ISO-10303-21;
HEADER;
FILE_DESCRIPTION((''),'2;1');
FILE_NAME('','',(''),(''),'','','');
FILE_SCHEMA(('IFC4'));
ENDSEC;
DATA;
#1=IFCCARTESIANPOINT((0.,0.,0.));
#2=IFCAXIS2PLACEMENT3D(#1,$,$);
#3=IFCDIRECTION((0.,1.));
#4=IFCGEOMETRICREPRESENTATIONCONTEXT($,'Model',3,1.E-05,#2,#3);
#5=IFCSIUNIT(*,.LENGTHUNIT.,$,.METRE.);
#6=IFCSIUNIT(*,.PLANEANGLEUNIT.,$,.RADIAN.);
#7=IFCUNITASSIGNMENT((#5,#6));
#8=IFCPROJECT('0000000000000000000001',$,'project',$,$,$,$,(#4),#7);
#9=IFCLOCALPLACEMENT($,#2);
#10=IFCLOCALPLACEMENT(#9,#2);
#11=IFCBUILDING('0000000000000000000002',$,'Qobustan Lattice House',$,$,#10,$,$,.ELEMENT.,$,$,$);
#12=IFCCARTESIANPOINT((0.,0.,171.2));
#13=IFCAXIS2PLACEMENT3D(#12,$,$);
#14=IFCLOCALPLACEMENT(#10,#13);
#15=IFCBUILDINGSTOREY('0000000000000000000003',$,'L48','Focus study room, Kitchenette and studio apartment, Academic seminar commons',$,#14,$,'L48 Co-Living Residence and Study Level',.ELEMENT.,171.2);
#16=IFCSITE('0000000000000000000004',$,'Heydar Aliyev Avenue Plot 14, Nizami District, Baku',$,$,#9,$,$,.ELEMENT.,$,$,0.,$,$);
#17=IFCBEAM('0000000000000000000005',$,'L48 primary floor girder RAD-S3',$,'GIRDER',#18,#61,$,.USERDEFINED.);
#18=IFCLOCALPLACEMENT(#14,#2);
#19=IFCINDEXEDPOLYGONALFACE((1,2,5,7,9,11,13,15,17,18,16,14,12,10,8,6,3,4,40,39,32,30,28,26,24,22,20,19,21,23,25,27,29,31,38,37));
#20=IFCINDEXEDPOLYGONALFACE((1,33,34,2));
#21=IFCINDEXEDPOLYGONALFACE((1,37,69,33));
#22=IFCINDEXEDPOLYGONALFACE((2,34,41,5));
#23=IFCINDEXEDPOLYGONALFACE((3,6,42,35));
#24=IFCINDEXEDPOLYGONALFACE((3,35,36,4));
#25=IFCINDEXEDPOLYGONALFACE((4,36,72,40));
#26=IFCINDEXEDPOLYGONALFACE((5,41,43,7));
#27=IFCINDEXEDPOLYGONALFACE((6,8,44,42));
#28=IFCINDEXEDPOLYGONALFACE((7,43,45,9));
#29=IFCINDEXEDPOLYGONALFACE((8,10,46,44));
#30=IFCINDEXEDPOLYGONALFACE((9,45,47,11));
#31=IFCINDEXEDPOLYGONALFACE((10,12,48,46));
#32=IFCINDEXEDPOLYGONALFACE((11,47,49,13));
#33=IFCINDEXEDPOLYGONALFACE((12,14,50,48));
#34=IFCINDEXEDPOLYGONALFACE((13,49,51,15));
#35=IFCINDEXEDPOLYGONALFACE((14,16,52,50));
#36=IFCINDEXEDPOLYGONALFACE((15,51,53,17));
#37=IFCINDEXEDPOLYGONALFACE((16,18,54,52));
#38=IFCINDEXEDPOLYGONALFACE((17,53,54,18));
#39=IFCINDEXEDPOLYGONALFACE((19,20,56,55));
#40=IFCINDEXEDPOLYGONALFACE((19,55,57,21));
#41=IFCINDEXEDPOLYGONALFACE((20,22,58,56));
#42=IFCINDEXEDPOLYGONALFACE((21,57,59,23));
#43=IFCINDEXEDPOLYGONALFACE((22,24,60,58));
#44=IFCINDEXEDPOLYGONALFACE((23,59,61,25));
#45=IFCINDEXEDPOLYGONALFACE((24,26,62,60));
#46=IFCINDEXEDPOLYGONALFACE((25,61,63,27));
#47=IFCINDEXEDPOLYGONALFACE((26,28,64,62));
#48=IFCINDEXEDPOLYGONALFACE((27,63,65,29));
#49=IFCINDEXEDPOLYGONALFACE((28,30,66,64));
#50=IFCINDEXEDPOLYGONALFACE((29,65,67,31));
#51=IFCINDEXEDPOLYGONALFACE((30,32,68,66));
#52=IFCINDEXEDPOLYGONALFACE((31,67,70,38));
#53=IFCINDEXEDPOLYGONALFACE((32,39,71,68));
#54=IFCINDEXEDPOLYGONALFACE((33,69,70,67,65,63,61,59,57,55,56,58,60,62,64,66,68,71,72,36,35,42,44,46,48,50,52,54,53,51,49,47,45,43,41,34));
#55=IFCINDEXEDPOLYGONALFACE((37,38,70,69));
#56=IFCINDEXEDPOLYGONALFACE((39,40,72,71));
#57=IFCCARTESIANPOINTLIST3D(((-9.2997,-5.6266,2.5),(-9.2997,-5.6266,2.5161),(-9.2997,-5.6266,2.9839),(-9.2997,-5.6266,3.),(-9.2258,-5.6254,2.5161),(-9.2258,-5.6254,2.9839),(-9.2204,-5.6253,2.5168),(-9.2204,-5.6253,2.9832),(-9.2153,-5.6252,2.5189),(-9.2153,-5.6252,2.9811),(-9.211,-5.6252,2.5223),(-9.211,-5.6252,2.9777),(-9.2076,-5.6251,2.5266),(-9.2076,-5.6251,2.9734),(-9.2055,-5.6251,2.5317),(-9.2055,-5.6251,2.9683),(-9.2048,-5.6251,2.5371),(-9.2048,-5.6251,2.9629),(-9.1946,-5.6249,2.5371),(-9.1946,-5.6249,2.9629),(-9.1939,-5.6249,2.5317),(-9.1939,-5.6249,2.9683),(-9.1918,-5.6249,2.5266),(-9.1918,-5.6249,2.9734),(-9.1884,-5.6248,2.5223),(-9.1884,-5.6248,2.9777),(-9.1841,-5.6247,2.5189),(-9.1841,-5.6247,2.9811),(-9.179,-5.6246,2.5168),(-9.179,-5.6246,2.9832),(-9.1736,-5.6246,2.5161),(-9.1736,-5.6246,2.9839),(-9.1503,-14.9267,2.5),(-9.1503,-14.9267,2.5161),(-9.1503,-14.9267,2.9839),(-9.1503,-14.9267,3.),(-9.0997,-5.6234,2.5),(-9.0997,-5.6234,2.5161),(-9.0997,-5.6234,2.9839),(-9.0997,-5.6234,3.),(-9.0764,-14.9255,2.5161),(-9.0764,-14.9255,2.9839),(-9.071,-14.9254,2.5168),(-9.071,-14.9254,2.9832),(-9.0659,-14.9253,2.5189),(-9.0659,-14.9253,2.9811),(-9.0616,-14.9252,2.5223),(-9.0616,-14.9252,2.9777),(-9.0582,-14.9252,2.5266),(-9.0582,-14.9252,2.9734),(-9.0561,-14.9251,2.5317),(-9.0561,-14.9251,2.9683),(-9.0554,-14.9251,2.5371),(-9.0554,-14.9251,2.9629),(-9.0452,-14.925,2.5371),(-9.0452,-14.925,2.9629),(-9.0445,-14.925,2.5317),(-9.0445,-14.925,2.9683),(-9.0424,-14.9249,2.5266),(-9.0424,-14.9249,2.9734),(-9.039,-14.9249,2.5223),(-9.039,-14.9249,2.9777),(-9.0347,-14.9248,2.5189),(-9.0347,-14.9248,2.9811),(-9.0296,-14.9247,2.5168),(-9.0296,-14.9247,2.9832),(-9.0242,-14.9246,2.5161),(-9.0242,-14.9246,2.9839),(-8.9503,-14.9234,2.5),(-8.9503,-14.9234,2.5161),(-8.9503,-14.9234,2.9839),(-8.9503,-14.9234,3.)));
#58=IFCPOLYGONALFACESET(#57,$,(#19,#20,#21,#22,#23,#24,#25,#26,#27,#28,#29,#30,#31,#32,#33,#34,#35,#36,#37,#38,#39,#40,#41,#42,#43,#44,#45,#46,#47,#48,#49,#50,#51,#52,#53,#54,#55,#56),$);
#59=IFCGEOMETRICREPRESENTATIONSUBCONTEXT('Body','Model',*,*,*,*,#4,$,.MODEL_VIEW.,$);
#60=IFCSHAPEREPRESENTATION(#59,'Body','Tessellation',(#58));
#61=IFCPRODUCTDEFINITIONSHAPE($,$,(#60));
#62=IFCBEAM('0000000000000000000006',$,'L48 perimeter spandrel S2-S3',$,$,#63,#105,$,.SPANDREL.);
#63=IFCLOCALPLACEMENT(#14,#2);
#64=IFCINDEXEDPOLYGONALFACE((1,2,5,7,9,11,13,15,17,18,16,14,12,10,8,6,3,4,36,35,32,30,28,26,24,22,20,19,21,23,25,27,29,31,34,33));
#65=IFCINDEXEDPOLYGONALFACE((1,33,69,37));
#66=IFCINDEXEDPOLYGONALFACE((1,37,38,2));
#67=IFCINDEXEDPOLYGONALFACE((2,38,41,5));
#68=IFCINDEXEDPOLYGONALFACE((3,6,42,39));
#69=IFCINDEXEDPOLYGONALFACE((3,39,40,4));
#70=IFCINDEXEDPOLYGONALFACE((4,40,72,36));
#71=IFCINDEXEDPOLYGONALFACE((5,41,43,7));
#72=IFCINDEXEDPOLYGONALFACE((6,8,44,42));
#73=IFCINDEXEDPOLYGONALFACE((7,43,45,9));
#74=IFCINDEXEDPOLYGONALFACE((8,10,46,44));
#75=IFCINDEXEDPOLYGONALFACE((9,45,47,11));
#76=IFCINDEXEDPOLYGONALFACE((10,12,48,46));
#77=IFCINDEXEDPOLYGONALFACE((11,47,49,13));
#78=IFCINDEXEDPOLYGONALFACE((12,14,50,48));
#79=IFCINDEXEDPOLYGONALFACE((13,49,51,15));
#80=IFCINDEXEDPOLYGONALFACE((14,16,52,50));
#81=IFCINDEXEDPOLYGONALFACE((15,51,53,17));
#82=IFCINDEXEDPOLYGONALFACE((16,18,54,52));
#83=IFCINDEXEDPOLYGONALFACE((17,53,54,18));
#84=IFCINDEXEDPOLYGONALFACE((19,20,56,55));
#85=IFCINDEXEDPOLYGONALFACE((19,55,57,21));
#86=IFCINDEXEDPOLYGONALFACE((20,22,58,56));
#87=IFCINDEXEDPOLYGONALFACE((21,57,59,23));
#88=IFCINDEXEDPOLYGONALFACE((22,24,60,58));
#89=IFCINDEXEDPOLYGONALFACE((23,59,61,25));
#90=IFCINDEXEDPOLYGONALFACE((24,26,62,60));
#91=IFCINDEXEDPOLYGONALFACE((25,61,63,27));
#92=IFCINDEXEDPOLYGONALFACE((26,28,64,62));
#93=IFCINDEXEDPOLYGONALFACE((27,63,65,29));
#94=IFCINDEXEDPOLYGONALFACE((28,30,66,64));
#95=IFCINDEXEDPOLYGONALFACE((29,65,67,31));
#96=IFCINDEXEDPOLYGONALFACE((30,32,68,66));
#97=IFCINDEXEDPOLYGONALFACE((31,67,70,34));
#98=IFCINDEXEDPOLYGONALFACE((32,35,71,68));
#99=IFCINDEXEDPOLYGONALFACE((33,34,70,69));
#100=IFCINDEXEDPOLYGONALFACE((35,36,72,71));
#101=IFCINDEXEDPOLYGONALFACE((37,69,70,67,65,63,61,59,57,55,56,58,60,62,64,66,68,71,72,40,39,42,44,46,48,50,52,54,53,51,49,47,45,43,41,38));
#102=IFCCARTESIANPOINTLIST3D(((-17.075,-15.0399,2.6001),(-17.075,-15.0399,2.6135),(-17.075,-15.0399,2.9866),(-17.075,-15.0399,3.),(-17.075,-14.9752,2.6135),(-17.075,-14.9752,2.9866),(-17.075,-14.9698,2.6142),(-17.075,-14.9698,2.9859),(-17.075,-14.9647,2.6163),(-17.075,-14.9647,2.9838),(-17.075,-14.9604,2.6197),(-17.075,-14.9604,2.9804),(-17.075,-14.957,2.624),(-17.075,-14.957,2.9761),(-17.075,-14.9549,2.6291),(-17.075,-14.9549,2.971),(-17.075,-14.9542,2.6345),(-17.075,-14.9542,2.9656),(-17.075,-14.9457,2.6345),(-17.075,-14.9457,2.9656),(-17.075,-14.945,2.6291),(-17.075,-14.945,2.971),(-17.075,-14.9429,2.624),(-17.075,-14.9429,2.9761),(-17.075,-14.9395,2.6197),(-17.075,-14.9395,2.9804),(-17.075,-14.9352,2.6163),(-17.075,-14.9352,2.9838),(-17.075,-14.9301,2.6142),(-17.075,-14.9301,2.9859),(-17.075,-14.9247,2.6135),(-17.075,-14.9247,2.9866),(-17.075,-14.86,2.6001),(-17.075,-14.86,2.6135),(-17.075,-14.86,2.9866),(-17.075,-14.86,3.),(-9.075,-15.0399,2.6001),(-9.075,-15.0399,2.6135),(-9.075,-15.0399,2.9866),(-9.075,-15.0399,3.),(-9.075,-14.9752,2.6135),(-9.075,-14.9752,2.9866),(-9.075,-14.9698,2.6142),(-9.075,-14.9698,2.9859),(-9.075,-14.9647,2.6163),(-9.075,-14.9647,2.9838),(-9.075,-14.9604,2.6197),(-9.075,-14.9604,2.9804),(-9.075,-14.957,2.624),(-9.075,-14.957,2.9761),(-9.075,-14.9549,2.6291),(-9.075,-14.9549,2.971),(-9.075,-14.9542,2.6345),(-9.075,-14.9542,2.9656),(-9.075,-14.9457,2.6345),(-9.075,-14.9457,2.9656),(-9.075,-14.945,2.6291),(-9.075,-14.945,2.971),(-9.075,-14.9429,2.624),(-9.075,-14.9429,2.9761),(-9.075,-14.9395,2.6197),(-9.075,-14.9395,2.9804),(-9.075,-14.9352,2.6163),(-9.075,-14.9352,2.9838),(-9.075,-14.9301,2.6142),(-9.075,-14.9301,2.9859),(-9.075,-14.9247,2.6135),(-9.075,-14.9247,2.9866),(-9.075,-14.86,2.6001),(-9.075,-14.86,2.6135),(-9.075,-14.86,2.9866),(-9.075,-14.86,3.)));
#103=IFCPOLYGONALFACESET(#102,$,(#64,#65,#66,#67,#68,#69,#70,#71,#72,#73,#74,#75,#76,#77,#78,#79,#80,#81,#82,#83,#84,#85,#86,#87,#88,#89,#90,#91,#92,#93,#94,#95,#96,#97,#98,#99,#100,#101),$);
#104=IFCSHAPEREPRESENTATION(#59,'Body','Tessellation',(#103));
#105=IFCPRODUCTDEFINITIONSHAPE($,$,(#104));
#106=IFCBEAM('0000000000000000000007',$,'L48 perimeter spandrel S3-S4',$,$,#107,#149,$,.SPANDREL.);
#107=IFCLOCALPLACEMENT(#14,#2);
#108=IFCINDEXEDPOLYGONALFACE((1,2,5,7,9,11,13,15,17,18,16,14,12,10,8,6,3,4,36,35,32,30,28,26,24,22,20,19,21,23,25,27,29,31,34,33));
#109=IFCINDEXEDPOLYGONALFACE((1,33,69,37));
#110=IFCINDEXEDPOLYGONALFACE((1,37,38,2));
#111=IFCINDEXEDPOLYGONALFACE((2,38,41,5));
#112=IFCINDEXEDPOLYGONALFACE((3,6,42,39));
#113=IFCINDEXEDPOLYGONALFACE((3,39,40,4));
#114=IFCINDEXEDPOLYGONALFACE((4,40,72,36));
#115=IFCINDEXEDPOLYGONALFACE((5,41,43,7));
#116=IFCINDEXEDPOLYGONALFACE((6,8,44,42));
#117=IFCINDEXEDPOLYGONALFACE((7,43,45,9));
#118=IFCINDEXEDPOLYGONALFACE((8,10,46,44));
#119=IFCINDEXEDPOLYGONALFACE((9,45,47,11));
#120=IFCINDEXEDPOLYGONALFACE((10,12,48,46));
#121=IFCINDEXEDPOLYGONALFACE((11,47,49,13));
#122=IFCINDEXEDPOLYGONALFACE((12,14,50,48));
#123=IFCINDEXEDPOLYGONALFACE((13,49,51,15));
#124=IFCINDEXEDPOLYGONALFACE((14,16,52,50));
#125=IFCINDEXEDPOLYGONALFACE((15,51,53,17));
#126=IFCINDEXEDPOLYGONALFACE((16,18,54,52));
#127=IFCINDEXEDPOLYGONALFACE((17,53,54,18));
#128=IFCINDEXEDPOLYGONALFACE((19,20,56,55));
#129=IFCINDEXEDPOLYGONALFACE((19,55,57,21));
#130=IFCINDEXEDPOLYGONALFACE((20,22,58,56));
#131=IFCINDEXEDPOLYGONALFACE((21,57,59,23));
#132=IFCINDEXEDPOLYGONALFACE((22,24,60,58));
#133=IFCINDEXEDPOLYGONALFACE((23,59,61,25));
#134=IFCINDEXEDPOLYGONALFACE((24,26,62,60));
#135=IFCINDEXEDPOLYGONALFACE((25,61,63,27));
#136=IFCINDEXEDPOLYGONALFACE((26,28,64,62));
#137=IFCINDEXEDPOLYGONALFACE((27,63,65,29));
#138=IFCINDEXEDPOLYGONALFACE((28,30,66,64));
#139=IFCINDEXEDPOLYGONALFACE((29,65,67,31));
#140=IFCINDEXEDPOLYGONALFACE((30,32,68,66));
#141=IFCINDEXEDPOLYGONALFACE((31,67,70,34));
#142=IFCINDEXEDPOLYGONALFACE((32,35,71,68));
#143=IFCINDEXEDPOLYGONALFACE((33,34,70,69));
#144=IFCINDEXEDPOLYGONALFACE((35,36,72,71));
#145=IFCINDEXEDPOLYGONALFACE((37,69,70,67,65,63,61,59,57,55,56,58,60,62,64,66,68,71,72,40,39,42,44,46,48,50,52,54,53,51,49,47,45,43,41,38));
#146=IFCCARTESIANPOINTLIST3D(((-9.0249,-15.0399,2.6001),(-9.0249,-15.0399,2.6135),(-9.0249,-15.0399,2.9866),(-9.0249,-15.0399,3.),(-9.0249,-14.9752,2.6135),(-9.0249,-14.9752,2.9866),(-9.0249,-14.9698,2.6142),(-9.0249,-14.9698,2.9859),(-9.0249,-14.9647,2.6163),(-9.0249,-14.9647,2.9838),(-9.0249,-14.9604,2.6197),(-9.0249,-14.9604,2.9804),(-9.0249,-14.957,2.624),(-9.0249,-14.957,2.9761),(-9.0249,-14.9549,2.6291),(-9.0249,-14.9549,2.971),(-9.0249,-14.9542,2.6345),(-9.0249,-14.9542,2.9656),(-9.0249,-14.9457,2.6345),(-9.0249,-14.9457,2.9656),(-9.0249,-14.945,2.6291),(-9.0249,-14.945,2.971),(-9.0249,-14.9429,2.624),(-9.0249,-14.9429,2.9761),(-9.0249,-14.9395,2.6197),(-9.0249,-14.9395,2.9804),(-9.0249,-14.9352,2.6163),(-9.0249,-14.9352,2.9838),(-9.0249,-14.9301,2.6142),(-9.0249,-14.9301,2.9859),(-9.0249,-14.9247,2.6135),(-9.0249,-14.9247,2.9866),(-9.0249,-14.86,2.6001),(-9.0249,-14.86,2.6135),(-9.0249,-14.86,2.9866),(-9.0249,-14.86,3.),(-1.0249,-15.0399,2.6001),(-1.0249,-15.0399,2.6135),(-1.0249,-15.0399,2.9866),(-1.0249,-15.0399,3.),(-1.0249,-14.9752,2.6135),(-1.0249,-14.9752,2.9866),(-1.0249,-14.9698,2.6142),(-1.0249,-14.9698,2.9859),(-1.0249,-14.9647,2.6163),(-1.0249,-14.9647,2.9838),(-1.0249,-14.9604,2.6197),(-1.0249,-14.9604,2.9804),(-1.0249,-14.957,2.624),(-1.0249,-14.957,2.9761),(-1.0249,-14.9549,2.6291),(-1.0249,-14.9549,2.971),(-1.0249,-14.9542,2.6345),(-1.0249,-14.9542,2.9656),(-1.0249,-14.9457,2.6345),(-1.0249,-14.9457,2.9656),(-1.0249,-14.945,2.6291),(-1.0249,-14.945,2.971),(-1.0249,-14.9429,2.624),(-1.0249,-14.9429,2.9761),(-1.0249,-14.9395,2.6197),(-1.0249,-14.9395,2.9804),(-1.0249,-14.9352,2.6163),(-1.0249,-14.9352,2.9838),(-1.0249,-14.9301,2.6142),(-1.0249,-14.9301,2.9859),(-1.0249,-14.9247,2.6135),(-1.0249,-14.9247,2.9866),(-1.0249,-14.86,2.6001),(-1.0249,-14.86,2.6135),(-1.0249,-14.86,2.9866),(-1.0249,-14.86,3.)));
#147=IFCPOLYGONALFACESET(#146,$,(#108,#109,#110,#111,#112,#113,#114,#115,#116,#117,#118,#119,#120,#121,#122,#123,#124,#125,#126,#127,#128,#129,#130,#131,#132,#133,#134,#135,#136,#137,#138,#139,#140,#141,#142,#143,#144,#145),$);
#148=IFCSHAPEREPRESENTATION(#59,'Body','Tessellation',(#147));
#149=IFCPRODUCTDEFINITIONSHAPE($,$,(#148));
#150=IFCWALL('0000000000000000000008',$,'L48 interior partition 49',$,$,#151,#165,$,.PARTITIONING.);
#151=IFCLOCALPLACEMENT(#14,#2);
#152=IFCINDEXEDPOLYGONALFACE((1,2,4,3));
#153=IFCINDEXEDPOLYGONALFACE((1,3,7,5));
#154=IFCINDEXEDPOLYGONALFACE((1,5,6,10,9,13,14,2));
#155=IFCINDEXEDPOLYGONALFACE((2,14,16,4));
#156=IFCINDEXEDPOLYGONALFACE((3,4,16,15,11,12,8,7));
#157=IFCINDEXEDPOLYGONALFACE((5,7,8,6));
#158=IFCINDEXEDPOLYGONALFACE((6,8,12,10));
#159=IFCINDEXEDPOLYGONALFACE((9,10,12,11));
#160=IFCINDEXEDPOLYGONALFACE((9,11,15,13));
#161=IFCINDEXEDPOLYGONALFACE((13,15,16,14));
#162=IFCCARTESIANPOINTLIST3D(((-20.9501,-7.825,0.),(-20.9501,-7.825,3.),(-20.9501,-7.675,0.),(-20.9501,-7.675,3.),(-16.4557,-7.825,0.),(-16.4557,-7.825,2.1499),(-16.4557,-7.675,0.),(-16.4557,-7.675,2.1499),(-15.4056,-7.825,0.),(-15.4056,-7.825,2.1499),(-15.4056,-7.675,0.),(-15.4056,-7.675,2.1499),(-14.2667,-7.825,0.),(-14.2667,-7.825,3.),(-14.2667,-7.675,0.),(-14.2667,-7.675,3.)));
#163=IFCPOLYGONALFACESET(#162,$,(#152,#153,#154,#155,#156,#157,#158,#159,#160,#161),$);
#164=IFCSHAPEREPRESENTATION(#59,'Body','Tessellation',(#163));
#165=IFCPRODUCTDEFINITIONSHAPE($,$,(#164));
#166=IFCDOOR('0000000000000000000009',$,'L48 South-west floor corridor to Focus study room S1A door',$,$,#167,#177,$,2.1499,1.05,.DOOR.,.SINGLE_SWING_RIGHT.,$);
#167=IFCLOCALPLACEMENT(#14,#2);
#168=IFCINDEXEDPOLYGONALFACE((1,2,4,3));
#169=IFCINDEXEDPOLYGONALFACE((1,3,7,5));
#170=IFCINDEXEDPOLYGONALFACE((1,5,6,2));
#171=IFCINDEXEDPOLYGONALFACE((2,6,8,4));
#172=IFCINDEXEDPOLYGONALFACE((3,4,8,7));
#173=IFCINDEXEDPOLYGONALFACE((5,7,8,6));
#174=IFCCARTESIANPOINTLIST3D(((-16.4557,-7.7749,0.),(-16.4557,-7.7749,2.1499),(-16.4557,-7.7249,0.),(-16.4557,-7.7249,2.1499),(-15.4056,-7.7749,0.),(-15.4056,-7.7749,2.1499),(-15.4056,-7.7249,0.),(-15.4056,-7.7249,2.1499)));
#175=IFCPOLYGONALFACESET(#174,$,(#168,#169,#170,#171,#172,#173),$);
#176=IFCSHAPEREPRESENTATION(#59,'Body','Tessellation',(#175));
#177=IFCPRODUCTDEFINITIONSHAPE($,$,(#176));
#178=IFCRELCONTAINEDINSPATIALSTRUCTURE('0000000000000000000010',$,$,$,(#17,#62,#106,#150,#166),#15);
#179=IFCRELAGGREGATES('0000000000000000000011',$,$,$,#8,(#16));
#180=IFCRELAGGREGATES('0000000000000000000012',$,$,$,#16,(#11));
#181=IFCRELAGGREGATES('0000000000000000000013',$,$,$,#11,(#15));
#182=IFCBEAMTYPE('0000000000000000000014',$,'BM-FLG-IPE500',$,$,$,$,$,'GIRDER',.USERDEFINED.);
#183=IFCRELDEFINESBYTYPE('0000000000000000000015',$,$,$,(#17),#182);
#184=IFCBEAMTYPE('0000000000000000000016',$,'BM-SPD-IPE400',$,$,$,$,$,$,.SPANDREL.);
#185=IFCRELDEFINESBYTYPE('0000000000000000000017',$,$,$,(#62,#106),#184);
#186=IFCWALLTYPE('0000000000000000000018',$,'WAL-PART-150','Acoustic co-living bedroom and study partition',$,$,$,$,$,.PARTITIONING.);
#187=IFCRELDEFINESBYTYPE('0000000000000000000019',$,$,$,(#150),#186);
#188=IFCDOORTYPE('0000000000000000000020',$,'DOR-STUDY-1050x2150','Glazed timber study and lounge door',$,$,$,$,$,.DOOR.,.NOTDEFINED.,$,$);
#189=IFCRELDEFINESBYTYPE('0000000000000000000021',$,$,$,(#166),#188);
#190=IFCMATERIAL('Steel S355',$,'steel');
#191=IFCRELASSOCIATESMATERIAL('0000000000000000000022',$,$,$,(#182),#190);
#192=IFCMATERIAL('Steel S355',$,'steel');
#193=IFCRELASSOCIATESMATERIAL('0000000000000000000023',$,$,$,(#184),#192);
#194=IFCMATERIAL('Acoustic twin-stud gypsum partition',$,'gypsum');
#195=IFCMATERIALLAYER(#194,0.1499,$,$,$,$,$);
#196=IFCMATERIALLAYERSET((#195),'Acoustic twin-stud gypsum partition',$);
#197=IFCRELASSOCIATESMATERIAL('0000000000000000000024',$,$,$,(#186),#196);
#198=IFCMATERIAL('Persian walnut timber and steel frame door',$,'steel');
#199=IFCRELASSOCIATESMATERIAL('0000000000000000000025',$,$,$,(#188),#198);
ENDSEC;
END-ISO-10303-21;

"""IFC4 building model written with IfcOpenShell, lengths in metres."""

from ifc_helpers import new_model, si_unit, direction, frame, frame_2d, origin, origin_2d, place, context, subcontext, project, spatial, rectangle, i_section, extrude, material, layer, layer_set, material_profile, profile_set, type_object, element, fill, save


model = new_model("IFC4")

# Units and contexts
model_context = context("Model", 3, precision=1e-05, world=origin(), true_north=direction((0.0, 1.0)))
body_context = subcontext(model_context, "Body", "Model", "MODEL_VIEW")
ifc_project = project(units=[si_unit("LENGTHUNIT", "METRE"), si_unit("PLANEANGLEUNIT", "RADIAN")], contexts=[model_context])

# Site, building, storey
site_placement = place(None, origin())
site = spatial("IfcSite", under=ifc_project, at=site_placement, Name="Heydar Aliyev Avenue Plot 14, Nizami District, Baku", CompositionType="ELEMENT", RefElevation=0.0)
building_placement = place(site_placement, origin())
building = spatial("IfcBuilding", under=site, at=building_placement, Name="Qobustan Lattice House", CompositionType="ELEMENT")
storey_placement = place(building_placement, frame((0.0, 0.0, 171.2)))
storey = spatial("IfcBuildingStorey", under=building, at=storey_placement, Name="L48", Description="Focus study room, Kitchenette and studio apartment, Academic seminar commons", LongName="L48 Co-Living Residence and Study Level", CompositionType="ELEMENT", Elevation=171.2)

# Beams
ifc_material_1 = material(Name="Steel S355", Category="steel")
ifc_material_profile_1 = material_profile(ifc_material_1, i_section(OverallWidth=0.2, OverallDepth=0.5, WebThickness=0.0103, FlangeThickness=0.0161, FilletRadius=0.021, at=origin_2d()), Name="IPE500")
ifc_profile_set_1 = profile_set([ifc_material_profile_1], Name="Steel S355")
beam_type_1 = type_object("IfcBeamType", Name="BM-FLG-IPE500", ElementType="GIRDER", PredefinedType="USERDEFINED", material=ifc_profile_set_1)
beam_1_placement = place(storey_placement, frame((-9.0503, -14.925, 2.75), z_axis=(-0.016064, 0.999871, 0.0), x_axis=(-0.999871, -0.016064, 0.0)))
element("IfcBeam", 1, at=beam_1_placement, inside=storey, type_object=beam_type_1, Name="L48 primary floor girder RAD-S3", ObjectType="GIRDER", PredefinedType="USERDEFINED", context=body_context, shape_type="SweptSolid", body=[
    extrude(i_section(OverallWidth=0.2, OverallDepth=0.5, WebThickness=0.0103, FlangeThickness=0.0161, FilletRadius=0.021, at=origin_2d()), origin(), (0.0, 0.0, 1.0), 9.3013),
])
ifc_material_2 = material(Name="Steel S355", Category="steel")
ifc_material_profile_2 = material_profile(ifc_material_2, i_section(OverallWidth=0.1799, OverallDepth=0.3999, WebThickness=0.0085, FlangeThickness=0.0134, FilletRadius=0.021, at=origin_2d()), Name="IPE400")
ifc_profile_set_2 = profile_set([ifc_material_profile_2], Name="Steel S355")
beam_type_2 = type_object("IfcBeamType", Name="BM-SPD-IPE400", PredefinedType="SPANDREL", material=ifc_profile_set_2)
for number, where, z_axis, x_axis, name in (
    (2, (-17.075, -14.95, 2.8), (1.0, 0.0, 0.0), (0.0, 1.0, 0.0), "L48 perimeter spandrel S2-S3"),
    (3, (-9.0249, -14.95, 2.8), (1.0, 0.0, 0.0), (0.0, 1.0, 0.0), "L48 perimeter spandrel S3-S4"),
):
    element("IfcBeam", number, at=place(storey_placement, frame(where, z_axis=z_axis, x_axis=x_axis)), inside=storey, type_object=beam_type_2, Name=name, PredefinedType="SPANDREL", context=body_context, shape_type="SweptSolid", body=[
        extrude(i_section(OverallWidth=0.1799, OverallDepth=0.3999, WebThickness=0.0085, FlangeThickness=0.0134, FilletRadius=0.021, at=origin_2d()), origin(), (0.0, 0.0, 1.0), 8.0),
    ])

# Wall, opening, door
ifc_material_3 = material(Name="Acoustic twin-stud gypsum partition", Category="gypsum")
ifc_layer_1 = layer(ifc_material_3, 0.1499)
ifc_layer_set_1 = layer_set([ifc_layer_1], Name="Acoustic twin-stud gypsum partition")
wall_type_1 = type_object("IfcWallType", Name="WAL-PART-150", Description="Acoustic co-living bedroom and study partition", PredefinedType="PARTITIONING", material=ifc_layer_set_1)
wall_1_placement = place(storey_placement, frame((-14.2666, -7.75, 0.0), z_axis=(0.0, 0.0, 1.0), x_axis=(-1.0, 0.0, 0.0)))
wall_1 = element("IfcWall", 4, at=wall_1_placement, inside=storey, type_object=wall_type_1, Name="L48 interior partition 49", PredefinedType="PARTITIONING", context=body_context, shape_type="SweptSolid", body=[
    extrude(rectangle(XDim=6.6833, YDim=0.1499, at=frame_2d((3.3418, 0.0))), origin(), (0.0, 0.0, 1.0), 3.0),
])
opening_1_placement = place(wall_1_placement, frame((1.1392, 0.0, 0.0)))
opening_1 = element("IfcOpeningElement", 5, at=opening_1_placement, cuts=wall_1, PredefinedType="OPENING", context=body_context, shape_type="SweptSolid", body=[
    extrude(rectangle(XDim=1.05, YDim=2.1499, at=frame_2d((0.5249, 1.075))), frame((0.0, 0.085, 0.0), z_axis=(0.0, -1.0, 0.0), x_axis=(1.0, 0.0, 0.0)), (0.0, 0.0, 1.0), 0.1699),
])
ifc_material_4 = material(Name="Persian walnut timber and steel frame door", Category="steel")
door_type_1 = type_object("IfcDoorType", Name="DOR-STUDY-1050x2150", Description="Glazed timber study and lounge door", OperationType="NOTDEFINED", PredefinedType="DOOR", material=ifc_material_4)
door_1_placement = place(opening_1_placement, origin())
door_1 = element("IfcDoor", 6, at=door_1_placement, inside=storey, type_object=door_type_1, Name="L48 South-west floor corridor to Focus study room S1A door", OperationType="SINGLE_SWING_RIGHT", OverallHeight=2.1499, OverallWidth=1.05, PredefinedType="DOOR", context=body_context, shape_type="SweptSolid", body=[
    extrude(rectangle(XDim=1.05, YDim=2.1499, at=frame_2d((0.5249, 1.075))), frame((0.0, 0.0249, 0.0), z_axis=(0.0, -1.0, 0.0), x_axis=(1.0, 0.0, 0.0)), (0.0, 0.0, 1.0), 0.05),
])
fill(opening_1, door_1)

save(model, "model.ifc")
